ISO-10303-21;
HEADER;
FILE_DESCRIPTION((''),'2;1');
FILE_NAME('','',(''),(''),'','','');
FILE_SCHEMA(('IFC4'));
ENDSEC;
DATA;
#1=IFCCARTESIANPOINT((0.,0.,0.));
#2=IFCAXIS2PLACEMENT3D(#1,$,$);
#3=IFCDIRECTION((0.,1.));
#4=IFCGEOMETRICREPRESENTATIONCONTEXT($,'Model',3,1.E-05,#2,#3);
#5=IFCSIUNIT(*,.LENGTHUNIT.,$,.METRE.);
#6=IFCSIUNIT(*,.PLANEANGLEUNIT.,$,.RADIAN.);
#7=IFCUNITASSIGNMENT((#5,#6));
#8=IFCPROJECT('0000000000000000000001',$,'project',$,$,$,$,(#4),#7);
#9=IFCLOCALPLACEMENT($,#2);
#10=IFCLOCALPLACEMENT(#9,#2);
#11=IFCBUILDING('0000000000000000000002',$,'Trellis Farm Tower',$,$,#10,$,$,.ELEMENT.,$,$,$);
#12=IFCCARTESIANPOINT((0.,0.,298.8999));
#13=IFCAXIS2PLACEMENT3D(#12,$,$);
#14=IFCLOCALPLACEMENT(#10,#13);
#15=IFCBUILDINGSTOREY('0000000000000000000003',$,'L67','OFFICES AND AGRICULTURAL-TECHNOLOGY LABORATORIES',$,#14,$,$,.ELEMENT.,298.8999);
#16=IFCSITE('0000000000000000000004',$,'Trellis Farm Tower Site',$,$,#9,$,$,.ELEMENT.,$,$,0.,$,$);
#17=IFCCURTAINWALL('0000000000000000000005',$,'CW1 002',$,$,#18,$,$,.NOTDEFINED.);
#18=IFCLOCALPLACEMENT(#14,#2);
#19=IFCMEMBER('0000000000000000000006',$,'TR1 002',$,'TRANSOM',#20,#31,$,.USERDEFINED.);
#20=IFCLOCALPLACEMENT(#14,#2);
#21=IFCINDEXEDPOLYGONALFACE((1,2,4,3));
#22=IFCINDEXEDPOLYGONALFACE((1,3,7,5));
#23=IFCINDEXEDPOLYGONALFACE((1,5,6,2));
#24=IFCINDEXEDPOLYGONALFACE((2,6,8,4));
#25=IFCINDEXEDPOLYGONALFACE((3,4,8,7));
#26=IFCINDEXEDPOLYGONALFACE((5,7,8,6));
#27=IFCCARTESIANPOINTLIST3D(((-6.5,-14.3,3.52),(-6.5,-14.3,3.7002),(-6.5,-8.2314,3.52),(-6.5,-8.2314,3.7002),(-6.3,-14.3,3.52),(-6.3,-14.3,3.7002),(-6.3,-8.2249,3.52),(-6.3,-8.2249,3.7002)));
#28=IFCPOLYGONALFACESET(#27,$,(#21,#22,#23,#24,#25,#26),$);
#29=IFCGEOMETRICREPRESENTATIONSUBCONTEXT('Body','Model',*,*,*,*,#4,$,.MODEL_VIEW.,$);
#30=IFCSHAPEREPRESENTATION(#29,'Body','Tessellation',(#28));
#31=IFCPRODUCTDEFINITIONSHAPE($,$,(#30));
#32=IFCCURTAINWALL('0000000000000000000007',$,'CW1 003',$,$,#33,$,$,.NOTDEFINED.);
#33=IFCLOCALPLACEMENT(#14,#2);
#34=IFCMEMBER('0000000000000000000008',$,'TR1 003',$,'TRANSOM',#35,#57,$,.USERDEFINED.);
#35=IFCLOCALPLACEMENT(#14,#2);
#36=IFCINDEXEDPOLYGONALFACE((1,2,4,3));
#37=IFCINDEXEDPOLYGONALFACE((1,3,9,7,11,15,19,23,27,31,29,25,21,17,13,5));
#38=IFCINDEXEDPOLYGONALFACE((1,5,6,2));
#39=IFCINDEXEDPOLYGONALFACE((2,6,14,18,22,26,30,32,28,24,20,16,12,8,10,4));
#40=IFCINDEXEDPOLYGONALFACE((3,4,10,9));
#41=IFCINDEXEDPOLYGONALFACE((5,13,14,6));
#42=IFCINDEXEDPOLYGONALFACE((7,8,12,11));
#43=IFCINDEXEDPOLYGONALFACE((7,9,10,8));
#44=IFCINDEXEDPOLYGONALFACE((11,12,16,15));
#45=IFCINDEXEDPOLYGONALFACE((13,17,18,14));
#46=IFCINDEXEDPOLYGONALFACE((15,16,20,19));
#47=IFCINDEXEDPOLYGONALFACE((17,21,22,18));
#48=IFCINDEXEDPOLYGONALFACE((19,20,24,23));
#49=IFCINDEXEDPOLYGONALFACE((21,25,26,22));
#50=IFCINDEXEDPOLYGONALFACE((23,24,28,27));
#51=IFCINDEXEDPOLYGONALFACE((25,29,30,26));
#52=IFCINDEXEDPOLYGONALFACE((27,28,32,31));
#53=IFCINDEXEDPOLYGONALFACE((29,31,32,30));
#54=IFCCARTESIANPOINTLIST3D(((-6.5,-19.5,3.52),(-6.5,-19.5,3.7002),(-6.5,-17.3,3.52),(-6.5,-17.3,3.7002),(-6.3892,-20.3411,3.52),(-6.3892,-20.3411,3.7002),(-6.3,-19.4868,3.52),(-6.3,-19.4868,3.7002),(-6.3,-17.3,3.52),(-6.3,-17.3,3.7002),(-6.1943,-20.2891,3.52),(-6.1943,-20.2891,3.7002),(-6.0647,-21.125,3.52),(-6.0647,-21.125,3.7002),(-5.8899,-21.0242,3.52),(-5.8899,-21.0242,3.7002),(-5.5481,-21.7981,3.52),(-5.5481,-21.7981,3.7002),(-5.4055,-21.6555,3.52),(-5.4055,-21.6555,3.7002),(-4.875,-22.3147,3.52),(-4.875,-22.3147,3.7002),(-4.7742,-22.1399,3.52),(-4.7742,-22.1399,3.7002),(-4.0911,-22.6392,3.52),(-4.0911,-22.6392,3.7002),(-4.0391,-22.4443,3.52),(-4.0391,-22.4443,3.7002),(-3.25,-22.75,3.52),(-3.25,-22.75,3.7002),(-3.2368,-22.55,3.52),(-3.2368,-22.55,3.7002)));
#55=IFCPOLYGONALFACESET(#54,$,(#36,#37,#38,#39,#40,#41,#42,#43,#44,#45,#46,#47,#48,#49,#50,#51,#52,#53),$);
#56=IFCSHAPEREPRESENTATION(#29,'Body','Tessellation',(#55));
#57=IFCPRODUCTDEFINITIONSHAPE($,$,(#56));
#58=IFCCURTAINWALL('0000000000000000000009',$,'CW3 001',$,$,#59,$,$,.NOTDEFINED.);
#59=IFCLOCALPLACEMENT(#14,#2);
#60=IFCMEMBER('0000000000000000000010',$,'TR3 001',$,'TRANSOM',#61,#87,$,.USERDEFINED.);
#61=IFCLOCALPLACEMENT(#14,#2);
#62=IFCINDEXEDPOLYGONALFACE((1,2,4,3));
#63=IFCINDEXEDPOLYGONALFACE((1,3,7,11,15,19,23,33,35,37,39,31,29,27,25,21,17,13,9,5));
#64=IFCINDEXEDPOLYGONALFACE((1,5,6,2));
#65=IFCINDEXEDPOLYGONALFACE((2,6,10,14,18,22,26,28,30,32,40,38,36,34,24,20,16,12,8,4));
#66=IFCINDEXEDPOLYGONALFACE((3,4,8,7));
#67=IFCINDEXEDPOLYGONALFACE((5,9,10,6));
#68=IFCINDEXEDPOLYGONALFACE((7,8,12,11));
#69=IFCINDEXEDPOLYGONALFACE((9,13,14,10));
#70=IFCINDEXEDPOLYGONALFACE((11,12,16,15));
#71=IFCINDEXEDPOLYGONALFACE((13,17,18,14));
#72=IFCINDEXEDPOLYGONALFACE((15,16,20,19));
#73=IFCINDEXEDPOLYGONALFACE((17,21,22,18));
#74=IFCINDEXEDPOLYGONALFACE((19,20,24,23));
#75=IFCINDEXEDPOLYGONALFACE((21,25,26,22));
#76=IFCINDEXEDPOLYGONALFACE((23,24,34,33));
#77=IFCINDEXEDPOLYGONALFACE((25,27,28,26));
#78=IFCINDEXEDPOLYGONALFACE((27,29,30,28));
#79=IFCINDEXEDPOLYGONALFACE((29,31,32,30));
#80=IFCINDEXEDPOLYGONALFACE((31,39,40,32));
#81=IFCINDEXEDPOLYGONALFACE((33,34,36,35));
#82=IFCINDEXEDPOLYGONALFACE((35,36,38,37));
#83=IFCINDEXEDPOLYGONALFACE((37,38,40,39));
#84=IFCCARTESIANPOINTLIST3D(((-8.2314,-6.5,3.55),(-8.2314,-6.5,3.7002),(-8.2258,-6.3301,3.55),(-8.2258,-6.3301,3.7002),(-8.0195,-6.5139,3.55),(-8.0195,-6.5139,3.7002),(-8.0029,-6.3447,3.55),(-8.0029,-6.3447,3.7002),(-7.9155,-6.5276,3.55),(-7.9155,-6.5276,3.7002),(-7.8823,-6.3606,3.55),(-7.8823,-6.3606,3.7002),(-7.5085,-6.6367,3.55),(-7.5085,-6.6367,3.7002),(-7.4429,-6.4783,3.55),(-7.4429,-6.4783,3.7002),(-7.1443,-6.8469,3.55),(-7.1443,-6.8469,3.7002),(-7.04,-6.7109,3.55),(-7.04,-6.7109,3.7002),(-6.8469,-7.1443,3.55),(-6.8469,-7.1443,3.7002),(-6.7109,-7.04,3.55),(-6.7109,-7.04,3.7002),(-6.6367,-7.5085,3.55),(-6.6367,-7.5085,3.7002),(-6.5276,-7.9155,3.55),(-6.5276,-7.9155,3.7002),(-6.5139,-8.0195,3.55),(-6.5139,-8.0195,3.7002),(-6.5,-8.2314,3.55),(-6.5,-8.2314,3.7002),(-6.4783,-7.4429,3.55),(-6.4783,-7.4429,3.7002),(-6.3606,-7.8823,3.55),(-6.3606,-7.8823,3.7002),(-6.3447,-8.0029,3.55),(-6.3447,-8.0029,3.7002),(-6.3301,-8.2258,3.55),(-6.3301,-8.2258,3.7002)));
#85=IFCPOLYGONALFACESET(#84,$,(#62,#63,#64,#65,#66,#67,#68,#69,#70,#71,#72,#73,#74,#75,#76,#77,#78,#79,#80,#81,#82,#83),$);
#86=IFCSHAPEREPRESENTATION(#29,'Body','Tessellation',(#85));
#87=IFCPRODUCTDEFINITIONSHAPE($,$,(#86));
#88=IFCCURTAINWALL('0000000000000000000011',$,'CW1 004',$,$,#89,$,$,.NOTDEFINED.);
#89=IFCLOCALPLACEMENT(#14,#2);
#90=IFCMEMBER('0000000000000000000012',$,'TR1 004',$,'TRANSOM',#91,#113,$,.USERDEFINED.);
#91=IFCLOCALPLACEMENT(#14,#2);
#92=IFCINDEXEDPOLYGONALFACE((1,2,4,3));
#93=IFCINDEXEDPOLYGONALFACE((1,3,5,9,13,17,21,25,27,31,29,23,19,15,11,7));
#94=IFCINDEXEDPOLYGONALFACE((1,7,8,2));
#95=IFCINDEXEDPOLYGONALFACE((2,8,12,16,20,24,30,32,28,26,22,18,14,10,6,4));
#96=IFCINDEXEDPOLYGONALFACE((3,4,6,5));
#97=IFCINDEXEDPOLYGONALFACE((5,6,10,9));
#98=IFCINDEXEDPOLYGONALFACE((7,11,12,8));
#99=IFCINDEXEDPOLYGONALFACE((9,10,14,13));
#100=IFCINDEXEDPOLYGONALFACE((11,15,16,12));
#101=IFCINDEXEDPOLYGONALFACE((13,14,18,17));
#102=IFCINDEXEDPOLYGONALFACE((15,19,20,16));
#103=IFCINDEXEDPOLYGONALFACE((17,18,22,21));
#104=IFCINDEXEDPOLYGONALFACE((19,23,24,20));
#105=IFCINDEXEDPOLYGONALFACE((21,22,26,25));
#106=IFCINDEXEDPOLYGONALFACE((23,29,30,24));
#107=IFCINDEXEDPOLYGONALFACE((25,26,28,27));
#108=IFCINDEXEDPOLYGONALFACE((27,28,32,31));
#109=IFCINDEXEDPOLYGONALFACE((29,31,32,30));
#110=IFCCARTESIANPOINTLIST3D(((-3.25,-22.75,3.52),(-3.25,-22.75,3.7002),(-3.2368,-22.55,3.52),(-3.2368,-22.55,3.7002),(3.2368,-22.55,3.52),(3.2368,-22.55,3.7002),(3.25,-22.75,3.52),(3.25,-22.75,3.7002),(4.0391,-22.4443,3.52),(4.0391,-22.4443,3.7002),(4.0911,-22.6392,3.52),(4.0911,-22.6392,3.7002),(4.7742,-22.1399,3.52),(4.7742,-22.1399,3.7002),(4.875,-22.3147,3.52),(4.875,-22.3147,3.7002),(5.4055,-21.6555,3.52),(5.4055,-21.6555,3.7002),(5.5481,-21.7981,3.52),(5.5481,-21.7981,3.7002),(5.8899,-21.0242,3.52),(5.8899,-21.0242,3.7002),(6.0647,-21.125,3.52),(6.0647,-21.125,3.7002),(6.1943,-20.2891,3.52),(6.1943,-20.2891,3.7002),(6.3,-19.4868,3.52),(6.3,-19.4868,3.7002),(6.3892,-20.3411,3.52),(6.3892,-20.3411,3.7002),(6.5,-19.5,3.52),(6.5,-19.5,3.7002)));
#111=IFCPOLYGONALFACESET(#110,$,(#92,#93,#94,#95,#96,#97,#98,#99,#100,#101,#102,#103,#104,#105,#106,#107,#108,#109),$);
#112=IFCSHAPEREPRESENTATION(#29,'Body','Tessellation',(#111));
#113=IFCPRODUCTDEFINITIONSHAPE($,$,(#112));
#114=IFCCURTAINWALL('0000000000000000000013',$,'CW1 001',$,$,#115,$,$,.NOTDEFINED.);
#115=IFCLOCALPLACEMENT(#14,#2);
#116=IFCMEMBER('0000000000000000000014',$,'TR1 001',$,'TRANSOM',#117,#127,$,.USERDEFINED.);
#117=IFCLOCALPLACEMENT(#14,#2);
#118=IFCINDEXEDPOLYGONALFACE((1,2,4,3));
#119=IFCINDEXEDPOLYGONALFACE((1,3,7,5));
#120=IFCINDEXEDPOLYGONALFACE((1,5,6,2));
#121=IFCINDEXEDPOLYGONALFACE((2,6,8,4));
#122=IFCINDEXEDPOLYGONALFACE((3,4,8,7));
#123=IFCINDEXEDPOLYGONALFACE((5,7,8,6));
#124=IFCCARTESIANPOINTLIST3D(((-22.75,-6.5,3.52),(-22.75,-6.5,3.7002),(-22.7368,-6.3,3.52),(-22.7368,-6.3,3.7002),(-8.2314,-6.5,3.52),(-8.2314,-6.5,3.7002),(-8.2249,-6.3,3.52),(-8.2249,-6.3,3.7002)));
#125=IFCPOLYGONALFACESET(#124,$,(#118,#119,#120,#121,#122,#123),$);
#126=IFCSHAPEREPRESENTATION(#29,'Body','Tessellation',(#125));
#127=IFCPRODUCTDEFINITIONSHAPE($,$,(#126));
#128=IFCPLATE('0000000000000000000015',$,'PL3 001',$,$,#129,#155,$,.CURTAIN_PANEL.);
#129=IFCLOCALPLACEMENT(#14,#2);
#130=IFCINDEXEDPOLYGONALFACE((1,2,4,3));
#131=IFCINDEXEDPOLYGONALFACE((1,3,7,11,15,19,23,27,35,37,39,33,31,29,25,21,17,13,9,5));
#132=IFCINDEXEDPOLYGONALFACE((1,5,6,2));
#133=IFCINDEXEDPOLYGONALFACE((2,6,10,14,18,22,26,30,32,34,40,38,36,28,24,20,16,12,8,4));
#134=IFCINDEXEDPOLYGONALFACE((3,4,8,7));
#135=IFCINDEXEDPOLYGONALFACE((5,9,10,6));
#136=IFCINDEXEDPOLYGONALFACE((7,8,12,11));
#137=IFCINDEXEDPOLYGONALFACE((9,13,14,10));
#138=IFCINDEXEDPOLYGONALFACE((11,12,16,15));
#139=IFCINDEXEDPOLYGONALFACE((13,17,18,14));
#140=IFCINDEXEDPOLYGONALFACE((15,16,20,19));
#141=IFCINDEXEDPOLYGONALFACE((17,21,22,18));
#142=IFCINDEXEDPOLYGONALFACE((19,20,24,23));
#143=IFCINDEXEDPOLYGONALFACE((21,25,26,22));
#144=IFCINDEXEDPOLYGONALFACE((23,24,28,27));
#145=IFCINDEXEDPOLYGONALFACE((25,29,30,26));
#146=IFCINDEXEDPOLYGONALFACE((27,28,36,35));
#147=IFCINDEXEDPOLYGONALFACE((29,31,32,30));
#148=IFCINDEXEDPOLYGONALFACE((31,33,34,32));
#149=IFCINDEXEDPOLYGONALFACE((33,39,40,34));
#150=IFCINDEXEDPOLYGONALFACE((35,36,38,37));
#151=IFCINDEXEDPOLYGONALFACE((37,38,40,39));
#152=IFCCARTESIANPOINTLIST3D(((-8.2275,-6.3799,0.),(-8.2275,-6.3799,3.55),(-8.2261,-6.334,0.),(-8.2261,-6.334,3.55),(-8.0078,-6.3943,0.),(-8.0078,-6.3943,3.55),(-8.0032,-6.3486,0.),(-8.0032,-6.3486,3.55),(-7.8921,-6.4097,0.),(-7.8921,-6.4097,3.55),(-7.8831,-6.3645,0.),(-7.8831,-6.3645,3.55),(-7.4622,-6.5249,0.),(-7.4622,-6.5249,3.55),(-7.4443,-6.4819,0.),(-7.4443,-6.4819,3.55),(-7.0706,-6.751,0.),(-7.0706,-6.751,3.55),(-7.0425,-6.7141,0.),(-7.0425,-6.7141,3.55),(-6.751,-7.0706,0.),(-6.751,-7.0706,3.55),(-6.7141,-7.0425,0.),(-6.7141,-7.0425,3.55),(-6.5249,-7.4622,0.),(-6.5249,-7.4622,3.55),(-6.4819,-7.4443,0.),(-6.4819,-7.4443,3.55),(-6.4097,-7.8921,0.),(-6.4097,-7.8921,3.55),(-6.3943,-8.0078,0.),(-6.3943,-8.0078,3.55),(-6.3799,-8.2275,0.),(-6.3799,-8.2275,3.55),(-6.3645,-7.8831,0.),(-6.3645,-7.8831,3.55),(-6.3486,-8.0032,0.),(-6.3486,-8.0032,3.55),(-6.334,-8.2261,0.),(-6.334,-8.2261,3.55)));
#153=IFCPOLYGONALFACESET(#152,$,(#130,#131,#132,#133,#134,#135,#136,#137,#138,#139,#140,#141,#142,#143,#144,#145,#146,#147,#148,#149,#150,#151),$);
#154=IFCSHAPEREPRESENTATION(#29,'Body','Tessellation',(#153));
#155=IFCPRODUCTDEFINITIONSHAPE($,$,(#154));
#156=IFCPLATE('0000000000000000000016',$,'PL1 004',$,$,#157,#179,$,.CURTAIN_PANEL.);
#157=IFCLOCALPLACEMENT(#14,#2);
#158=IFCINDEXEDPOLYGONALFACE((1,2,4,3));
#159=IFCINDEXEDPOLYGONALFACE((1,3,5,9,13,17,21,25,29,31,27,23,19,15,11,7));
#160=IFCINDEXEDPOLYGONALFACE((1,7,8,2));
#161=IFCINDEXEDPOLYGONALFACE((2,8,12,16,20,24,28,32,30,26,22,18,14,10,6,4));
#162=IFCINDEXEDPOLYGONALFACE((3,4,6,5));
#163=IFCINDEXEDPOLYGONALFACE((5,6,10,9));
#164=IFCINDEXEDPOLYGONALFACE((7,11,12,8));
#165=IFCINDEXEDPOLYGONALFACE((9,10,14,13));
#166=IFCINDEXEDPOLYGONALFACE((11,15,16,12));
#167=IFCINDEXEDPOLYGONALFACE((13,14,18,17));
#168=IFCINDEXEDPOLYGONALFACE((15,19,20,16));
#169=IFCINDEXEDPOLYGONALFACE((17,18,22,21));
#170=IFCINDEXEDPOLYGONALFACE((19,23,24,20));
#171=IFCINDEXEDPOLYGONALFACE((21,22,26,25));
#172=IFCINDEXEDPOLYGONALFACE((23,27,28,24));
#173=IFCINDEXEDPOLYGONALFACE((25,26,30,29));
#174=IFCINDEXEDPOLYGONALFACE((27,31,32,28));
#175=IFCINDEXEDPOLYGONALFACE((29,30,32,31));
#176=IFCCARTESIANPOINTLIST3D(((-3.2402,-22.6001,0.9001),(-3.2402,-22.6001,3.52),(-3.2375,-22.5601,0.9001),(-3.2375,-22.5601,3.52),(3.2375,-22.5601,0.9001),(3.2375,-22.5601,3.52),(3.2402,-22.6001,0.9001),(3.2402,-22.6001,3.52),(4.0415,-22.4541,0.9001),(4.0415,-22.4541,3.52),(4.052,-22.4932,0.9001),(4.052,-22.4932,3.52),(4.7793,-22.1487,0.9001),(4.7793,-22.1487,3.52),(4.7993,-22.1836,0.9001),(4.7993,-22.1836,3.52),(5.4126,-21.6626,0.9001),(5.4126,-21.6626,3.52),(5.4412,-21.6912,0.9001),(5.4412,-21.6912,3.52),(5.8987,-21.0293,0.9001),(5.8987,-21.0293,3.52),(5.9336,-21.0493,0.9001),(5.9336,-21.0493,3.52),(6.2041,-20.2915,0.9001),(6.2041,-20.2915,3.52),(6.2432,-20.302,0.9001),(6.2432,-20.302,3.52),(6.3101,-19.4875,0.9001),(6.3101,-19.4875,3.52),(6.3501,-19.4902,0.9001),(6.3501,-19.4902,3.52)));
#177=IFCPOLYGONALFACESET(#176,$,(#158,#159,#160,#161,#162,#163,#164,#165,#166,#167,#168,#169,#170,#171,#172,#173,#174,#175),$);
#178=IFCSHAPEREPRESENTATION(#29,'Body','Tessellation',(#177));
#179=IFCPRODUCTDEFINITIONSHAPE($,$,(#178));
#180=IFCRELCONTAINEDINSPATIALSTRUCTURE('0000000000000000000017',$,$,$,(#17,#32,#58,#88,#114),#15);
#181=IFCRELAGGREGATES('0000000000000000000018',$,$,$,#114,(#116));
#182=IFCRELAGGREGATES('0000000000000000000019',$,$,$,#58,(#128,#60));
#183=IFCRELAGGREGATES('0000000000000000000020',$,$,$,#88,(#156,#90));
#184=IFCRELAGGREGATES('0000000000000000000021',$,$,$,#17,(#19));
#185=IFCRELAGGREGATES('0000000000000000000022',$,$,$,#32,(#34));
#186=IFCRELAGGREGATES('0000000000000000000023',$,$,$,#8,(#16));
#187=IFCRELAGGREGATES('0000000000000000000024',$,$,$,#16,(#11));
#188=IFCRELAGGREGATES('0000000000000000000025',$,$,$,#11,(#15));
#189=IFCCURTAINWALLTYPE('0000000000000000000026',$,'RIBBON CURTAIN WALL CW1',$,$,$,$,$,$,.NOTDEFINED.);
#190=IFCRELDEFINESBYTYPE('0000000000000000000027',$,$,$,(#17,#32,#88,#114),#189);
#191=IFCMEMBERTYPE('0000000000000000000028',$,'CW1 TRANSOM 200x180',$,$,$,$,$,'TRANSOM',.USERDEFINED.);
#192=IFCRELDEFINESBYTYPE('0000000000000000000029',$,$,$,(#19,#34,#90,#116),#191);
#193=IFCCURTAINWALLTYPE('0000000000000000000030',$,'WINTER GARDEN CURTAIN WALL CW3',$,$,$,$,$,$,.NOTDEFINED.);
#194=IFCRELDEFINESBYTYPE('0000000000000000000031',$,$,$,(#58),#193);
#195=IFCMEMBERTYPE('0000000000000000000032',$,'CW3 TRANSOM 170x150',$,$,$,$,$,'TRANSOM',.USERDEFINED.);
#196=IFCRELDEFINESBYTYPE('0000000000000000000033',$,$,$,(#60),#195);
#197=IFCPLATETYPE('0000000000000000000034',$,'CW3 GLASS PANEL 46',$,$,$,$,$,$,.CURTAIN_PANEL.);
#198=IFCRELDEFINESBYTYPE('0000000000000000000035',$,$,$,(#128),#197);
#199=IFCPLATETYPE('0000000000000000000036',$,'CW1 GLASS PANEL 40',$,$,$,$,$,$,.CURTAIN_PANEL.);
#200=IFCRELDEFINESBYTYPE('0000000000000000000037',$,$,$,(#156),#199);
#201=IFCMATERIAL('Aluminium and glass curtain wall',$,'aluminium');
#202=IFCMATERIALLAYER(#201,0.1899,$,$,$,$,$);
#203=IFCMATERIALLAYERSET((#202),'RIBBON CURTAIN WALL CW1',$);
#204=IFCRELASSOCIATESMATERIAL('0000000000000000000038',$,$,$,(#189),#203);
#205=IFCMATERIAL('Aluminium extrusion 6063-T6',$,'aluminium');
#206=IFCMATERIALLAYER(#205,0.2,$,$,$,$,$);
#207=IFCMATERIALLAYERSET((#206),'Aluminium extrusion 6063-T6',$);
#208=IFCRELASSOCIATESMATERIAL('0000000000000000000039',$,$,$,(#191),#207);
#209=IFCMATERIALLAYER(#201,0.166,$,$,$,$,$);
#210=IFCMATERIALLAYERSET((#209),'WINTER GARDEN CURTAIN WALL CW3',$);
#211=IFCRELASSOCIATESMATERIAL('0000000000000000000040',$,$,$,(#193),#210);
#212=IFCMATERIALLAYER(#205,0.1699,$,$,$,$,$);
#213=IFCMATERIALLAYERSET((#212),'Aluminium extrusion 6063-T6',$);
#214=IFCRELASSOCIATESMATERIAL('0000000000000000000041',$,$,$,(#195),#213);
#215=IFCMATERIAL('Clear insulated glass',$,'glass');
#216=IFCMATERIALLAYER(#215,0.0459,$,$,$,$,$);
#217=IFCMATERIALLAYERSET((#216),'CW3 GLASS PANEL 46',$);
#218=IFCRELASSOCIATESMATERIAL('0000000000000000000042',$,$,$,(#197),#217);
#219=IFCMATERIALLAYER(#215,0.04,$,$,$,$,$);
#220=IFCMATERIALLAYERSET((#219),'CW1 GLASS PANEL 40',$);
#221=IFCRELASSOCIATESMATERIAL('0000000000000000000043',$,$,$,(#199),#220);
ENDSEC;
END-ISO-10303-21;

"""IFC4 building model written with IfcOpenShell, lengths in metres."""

from ifc_helpers import new_model, si_unit, direction, frame, origin, place, context, subcontext, project, spatial, polyline, outline, extrude, source, transform, mapped, material, layer, layer_set, type_object, element, aggregate, save


model = new_model("IFC4")

# Units and contexts
model_context = context("Model", 3, precision=1e-05, world=origin(), true_north=direction((0.0, 1.0)))
body_context = subcontext(model_context, "Body", "Model", "MODEL_VIEW")
ifc_project = project(units=[si_unit("LENGTHUNIT", "METRE"), si_unit("PLANEANGLEUNIT", "RADIAN")], contexts=[model_context])

# Site, building, storey
site_placement = place(None, origin())
site = spatial("IfcSite", under=ifc_project, at=site_placement, Name="Trellis Farm Tower Site", CompositionType="ELEMENT", RefElevation=0.0)
building_placement = place(site_placement, origin())
building = spatial("IfcBuilding", under=site, at=building_placement, Name="Trellis Farm Tower", CompositionType="ELEMENT")
storey_placement = place(building_placement, frame((0.0, 0.0, 298.8999)))
storey = spatial("IfcBuildingStorey", under=building, at=storey_placement, Name="L67", Description="OFFICES AND AGRICULTURAL-TECHNOLOGY LABORATORIES", CompositionType="ELEMENT", Elevation=298.8999)

# Curtain walls, members
ifc_material_1 = material(Name="Aluminium and glass curtain wall", Category="aluminium")
ifc_layer_1 = layer(ifc_material_1, 0.1899)
ifc_layer_set_1 = layer_set([ifc_layer_1], Name="RIBBON CURTAIN WALL CW1")
curtain_wall_type_1 = type_object("IfcCurtainWallType", Name="RIBBON CURTAIN WALL CW1", PredefinedType="NOTDEFINED", material=ifc_layer_set_1)
placement_1 = place(storey_placement, origin())
curtain_wall_1 = element("IfcCurtainWall", 1, at=placement_1, inside=storey, type_object=curtain_wall_type_1, Name="CW1 002", PredefinedType="NOTDEFINED")
ifc_material_2 = material(Name="Aluminium extrusion 6063-T6", Category="aluminium")
ifc_layer_2 = layer(ifc_material_2, 0.2)
ifc_layer_set_2 = layer_set([ifc_layer_2], Name="Aluminium extrusion 6063-T6")
member_type_1 = type_object("IfcMemberType", Name="CW1 TRANSOM 200x180", ElementType="TRANSOM", PredefinedType="USERDEFINED", material=ifc_layer_set_2)
placement_2 = place(storey_placement, frame((0.0, 0.0, 3.52)))
member_1 = element("IfcMember", 2, at=placement_2, type_object=member_type_1, Name="TR1 002", ObjectType="TRANSOM", PredefinedType="USERDEFINED", context=body_context, shape_type="SweptSolid", body=[
    extrude(outline(polyline([(-6.5, -8.2314), (-6.5, -14.3), (-6.3, -14.3), (-6.3, -8.2249), (-6.5, -8.2314)])), origin(), (0.0, 0.0, 1.0), 0.1802),
])
curtain_wall_2 = element("IfcCurtainWall", 3, at=placement_1, inside=storey, type_object=curtain_wall_type_1, Name="CW1 003", PredefinedType="NOTDEFINED")
member_2 = element("IfcMember", 4, at=placement_2, type_object=member_type_1, Name="TR1 003", ObjectType="TRANSOM", PredefinedType="USERDEFINED", context=body_context, shape_type="SweptSolid", body=[
    extrude(outline(polyline([(-6.5, -17.3), (-6.5, -19.5), (-6.3892, -20.3411), (-6.0647, -21.125), (-5.5481, -21.7981), (-4.875, -22.3147), (-4.0911, -22.6392), (-3.25, -22.75), (-3.2368, -22.55), (-4.0391, -22.4443), (-4.7742, -22.1399), (-5.4055, -21.6555), (-5.8899, -21.0242), (-6.1943, -20.2891), (-6.3, -19.4868), (-6.3, -17.3), (-6.5, -17.3)])), origin(), (0.0, 0.0, 1.0), 0.1802),
])
ifc_layer_3 = layer(ifc_material_1, 0.166)
ifc_layer_set_3 = layer_set([ifc_layer_3], Name="WINTER GARDEN CURTAIN WALL CW3")
curtain_wall_type_2 = type_object("IfcCurtainWallType", Name="WINTER GARDEN CURTAIN WALL CW3", PredefinedType="NOTDEFINED", material=ifc_layer_set_3)
curtain_wall_3 = element("IfcCurtainWall", 5, at=placement_1, inside=storey, type_object=curtain_wall_type_2, Name="CW3 001", PredefinedType="NOTDEFINED")
ifc_layer_4 = layer(ifc_material_2, 0.1699)
ifc_layer_set_4 = layer_set([ifc_layer_4], Name="Aluminium extrusion 6063-T6")
member_type_2 = type_object("IfcMemberType", Name="CW3 TRANSOM 170x150", ElementType="TRANSOM", PredefinedType="USERDEFINED", material=ifc_layer_set_4)
shared_shape_1 = source(origin(), body_context, "Body", "SweptSolid", [
    extrude(outline(polyline([(-8.2314, -6.5), (-8.0195, -6.5139), (-7.9155, -6.5276), (-7.5085, -6.6367), (-7.1443, -6.8469), (-6.8469, -7.1443), (-6.6367, -7.5085), (-6.5276, -7.9155), (-6.5139, -8.0195), (-6.5, -8.2314), (-6.3301, -8.2258), (-6.3447, -8.0029), (-6.3606, -7.8823), (-6.4783, -7.4429), (-6.7109, -7.04), (-7.04, -6.7109), (-7.4429, -6.4783), (-7.8823, -6.3606), (-8.0029, -6.3447), (-8.2258, -6.3301), (-8.2314, -6.5)])), origin(), (0.0, 0.0, 1.0), 0.1501),
])
member_3_placement = place(storey_placement, frame((0.0, 0.0, 3.55)))
member_3 = element("IfcMember", 6, at=member_3_placement, type_object=member_type_2, Name="TR3 001", ObjectType="TRANSOM", PredefinedType="USERDEFINED", context=body_context, shape_type="MappedRepresentation", body=[
    mapped(shared_shape_1, transform((0.0, 0.0, 0.0))),
])
curtain_wall_4 = element("IfcCurtainWall", 7, at=placement_1, inside=storey, type_object=curtain_wall_type_1, Name="CW1 004", PredefinedType="NOTDEFINED")
shared_shape_2 = source(origin(), body_context, "Body", "SweptSolid", [
    extrude(outline(polyline([(-3.25, -22.75), (3.25, -22.75), (4.0911, -22.6392), (4.875, -22.3147), (5.5481, -21.7981), (6.0647, -21.125), (6.3892, -20.3411), (6.5, -19.5), (6.3, -19.4868), (6.1943, -20.2891), (5.8899, -21.0242), (5.4055, -21.6555), (4.7742, -22.1399), (4.0391, -22.4443), (3.2368, -22.55), (-3.2368, -22.55), (-3.25, -22.75)])), origin(), (0.0, 0.0, 1.0), 0.1802),
])
member_4 = element("IfcMember", 8, at=placement_2, type_object=member_type_1, Name="TR1 004", ObjectType="TRANSOM", PredefinedType="USERDEFINED", context=body_context, shape_type="MappedRepresentation", body=[
    mapped(shared_shape_2, transform((0.0, 0.0, 0.0))),
])
curtain_wall_5 = element("IfcCurtainWall", 9, at=placement_1, inside=storey, type_object=curtain_wall_type_1, Name="CW1 001", PredefinedType="NOTDEFINED")
shared_shape_3 = source(origin(), body_context, "Body", "SweptSolid", [
    extrude(outline(polyline([(-22.75, -6.5), (-8.2314, -6.5), (-8.2249, -6.3), (-22.7368, -6.3), (-22.75, -6.5)])), origin(), (0.0, 0.0, 1.0), 0.1802),
])
member_5 = element("IfcMember", 10, at=placement_2, type_object=member_type_1, Name="TR1 001", ObjectType="TRANSOM", PredefinedType="USERDEFINED", context=body_context, shape_type="MappedRepresentation", body=[
    mapped(shared_shape_3, transform((0.0, 0.0, 0.0))),
])
aggregate(curtain_wall_5, [member_5])

# Plates
ifc_material_3 = material(Name="Clear insulated glass", Category="glass")
ifc_layer_5 = layer(ifc_material_3, 0.0459)
ifc_layer_set_5 = layer_set([ifc_layer_5], Name="CW3 GLASS PANEL 46")
plate_type_1 = type_object("IfcPlateType", Name="CW3 GLASS PANEL 46", PredefinedType="CURTAIN_PANEL", material=ifc_layer_set_5)
shared_shape_4 = source(origin(), body_context, "Body", "SweptSolid", [
    extrude(outline(polyline([(-8.2275, -6.3799), (-8.0078, -6.3943), (-7.8921, -6.4097), (-7.4622, -6.5249), (-7.0706, -6.751), (-6.751, -7.0706), (-6.5249, -7.4622), (-6.4097, -7.8921), (-6.3943, -8.0078), (-6.3799, -8.2275), (-6.334, -8.2261), (-6.3486, -8.0032), (-6.3645, -7.8831), (-6.4819, -7.4443), (-6.7141, -7.0425), (-7.0425, -6.7141), (-7.4443, -6.4819), (-7.8831, -6.3645), (-8.0032, -6.3486), (-8.2261, -6.334), (-8.2275, -6.3799)])), origin(), (0.0, 0.0, 1.0), 3.55),
])
plate_1 = element("IfcPlate", 11, at=placement_1, type_object=plate_type_1, Name="PL3 001", PredefinedType="CURTAIN_PANEL", context=body_context, shape_type="MappedRepresentation", body=[
    mapped(shared_shape_4, transform((0.0, 0.0, 0.0))),
])
aggregate(curtain_wall_3, [plate_1, member_3])
ifc_layer_6 = layer(ifc_material_3, 0.04)
ifc_layer_set_6 = layer_set([ifc_layer_6], Name="CW1 GLASS PANEL 40")
plate_type_2 = type_object("IfcPlateType", Name="CW1 GLASS PANEL 40", PredefinedType="CURTAIN_PANEL", material=ifc_layer_set_6)
shared_shape_5 = source(origin(), body_context, "Body", "SweptSolid", [
    extrude(outline(polyline([(-3.2402, -22.6001), (3.2402, -22.6001), (4.052, -22.4932), (4.7993, -22.1836), (5.4412, -21.6912), (5.9336, -21.0493), (6.2432, -20.302), (6.3501, -19.4902), (6.3101, -19.4875), (6.2041, -20.2915), (5.8987, -21.0293), (5.4126, -21.6626), (4.7793, -22.1487), (4.0415, -22.4541), (3.2375, -22.5601), (-3.2375, -22.5601), (-3.2402, -22.6001)])), origin(), (0.0, 0.0, 1.0), 2.6199),
])
placement_3 = place(storey_placement, frame((0.0, 0.0, 0.9001)))
plate_2 = element("IfcPlate", 12, at=placement_3, type_object=plate_type_2, Name="PL1 004", PredefinedType="CURTAIN_PANEL", context=body_context, shape_type="MappedRepresentation", body=[
    mapped(shared_shape_5, transform((0.0, 0.0, 0.0))),
])
aggregate(curtain_wall_4, [plate_2, member_4])

aggregate(curtain_wall_1, [member_1])
aggregate(curtain_wall_2, [member_2])

save(model, "model.ifc")
